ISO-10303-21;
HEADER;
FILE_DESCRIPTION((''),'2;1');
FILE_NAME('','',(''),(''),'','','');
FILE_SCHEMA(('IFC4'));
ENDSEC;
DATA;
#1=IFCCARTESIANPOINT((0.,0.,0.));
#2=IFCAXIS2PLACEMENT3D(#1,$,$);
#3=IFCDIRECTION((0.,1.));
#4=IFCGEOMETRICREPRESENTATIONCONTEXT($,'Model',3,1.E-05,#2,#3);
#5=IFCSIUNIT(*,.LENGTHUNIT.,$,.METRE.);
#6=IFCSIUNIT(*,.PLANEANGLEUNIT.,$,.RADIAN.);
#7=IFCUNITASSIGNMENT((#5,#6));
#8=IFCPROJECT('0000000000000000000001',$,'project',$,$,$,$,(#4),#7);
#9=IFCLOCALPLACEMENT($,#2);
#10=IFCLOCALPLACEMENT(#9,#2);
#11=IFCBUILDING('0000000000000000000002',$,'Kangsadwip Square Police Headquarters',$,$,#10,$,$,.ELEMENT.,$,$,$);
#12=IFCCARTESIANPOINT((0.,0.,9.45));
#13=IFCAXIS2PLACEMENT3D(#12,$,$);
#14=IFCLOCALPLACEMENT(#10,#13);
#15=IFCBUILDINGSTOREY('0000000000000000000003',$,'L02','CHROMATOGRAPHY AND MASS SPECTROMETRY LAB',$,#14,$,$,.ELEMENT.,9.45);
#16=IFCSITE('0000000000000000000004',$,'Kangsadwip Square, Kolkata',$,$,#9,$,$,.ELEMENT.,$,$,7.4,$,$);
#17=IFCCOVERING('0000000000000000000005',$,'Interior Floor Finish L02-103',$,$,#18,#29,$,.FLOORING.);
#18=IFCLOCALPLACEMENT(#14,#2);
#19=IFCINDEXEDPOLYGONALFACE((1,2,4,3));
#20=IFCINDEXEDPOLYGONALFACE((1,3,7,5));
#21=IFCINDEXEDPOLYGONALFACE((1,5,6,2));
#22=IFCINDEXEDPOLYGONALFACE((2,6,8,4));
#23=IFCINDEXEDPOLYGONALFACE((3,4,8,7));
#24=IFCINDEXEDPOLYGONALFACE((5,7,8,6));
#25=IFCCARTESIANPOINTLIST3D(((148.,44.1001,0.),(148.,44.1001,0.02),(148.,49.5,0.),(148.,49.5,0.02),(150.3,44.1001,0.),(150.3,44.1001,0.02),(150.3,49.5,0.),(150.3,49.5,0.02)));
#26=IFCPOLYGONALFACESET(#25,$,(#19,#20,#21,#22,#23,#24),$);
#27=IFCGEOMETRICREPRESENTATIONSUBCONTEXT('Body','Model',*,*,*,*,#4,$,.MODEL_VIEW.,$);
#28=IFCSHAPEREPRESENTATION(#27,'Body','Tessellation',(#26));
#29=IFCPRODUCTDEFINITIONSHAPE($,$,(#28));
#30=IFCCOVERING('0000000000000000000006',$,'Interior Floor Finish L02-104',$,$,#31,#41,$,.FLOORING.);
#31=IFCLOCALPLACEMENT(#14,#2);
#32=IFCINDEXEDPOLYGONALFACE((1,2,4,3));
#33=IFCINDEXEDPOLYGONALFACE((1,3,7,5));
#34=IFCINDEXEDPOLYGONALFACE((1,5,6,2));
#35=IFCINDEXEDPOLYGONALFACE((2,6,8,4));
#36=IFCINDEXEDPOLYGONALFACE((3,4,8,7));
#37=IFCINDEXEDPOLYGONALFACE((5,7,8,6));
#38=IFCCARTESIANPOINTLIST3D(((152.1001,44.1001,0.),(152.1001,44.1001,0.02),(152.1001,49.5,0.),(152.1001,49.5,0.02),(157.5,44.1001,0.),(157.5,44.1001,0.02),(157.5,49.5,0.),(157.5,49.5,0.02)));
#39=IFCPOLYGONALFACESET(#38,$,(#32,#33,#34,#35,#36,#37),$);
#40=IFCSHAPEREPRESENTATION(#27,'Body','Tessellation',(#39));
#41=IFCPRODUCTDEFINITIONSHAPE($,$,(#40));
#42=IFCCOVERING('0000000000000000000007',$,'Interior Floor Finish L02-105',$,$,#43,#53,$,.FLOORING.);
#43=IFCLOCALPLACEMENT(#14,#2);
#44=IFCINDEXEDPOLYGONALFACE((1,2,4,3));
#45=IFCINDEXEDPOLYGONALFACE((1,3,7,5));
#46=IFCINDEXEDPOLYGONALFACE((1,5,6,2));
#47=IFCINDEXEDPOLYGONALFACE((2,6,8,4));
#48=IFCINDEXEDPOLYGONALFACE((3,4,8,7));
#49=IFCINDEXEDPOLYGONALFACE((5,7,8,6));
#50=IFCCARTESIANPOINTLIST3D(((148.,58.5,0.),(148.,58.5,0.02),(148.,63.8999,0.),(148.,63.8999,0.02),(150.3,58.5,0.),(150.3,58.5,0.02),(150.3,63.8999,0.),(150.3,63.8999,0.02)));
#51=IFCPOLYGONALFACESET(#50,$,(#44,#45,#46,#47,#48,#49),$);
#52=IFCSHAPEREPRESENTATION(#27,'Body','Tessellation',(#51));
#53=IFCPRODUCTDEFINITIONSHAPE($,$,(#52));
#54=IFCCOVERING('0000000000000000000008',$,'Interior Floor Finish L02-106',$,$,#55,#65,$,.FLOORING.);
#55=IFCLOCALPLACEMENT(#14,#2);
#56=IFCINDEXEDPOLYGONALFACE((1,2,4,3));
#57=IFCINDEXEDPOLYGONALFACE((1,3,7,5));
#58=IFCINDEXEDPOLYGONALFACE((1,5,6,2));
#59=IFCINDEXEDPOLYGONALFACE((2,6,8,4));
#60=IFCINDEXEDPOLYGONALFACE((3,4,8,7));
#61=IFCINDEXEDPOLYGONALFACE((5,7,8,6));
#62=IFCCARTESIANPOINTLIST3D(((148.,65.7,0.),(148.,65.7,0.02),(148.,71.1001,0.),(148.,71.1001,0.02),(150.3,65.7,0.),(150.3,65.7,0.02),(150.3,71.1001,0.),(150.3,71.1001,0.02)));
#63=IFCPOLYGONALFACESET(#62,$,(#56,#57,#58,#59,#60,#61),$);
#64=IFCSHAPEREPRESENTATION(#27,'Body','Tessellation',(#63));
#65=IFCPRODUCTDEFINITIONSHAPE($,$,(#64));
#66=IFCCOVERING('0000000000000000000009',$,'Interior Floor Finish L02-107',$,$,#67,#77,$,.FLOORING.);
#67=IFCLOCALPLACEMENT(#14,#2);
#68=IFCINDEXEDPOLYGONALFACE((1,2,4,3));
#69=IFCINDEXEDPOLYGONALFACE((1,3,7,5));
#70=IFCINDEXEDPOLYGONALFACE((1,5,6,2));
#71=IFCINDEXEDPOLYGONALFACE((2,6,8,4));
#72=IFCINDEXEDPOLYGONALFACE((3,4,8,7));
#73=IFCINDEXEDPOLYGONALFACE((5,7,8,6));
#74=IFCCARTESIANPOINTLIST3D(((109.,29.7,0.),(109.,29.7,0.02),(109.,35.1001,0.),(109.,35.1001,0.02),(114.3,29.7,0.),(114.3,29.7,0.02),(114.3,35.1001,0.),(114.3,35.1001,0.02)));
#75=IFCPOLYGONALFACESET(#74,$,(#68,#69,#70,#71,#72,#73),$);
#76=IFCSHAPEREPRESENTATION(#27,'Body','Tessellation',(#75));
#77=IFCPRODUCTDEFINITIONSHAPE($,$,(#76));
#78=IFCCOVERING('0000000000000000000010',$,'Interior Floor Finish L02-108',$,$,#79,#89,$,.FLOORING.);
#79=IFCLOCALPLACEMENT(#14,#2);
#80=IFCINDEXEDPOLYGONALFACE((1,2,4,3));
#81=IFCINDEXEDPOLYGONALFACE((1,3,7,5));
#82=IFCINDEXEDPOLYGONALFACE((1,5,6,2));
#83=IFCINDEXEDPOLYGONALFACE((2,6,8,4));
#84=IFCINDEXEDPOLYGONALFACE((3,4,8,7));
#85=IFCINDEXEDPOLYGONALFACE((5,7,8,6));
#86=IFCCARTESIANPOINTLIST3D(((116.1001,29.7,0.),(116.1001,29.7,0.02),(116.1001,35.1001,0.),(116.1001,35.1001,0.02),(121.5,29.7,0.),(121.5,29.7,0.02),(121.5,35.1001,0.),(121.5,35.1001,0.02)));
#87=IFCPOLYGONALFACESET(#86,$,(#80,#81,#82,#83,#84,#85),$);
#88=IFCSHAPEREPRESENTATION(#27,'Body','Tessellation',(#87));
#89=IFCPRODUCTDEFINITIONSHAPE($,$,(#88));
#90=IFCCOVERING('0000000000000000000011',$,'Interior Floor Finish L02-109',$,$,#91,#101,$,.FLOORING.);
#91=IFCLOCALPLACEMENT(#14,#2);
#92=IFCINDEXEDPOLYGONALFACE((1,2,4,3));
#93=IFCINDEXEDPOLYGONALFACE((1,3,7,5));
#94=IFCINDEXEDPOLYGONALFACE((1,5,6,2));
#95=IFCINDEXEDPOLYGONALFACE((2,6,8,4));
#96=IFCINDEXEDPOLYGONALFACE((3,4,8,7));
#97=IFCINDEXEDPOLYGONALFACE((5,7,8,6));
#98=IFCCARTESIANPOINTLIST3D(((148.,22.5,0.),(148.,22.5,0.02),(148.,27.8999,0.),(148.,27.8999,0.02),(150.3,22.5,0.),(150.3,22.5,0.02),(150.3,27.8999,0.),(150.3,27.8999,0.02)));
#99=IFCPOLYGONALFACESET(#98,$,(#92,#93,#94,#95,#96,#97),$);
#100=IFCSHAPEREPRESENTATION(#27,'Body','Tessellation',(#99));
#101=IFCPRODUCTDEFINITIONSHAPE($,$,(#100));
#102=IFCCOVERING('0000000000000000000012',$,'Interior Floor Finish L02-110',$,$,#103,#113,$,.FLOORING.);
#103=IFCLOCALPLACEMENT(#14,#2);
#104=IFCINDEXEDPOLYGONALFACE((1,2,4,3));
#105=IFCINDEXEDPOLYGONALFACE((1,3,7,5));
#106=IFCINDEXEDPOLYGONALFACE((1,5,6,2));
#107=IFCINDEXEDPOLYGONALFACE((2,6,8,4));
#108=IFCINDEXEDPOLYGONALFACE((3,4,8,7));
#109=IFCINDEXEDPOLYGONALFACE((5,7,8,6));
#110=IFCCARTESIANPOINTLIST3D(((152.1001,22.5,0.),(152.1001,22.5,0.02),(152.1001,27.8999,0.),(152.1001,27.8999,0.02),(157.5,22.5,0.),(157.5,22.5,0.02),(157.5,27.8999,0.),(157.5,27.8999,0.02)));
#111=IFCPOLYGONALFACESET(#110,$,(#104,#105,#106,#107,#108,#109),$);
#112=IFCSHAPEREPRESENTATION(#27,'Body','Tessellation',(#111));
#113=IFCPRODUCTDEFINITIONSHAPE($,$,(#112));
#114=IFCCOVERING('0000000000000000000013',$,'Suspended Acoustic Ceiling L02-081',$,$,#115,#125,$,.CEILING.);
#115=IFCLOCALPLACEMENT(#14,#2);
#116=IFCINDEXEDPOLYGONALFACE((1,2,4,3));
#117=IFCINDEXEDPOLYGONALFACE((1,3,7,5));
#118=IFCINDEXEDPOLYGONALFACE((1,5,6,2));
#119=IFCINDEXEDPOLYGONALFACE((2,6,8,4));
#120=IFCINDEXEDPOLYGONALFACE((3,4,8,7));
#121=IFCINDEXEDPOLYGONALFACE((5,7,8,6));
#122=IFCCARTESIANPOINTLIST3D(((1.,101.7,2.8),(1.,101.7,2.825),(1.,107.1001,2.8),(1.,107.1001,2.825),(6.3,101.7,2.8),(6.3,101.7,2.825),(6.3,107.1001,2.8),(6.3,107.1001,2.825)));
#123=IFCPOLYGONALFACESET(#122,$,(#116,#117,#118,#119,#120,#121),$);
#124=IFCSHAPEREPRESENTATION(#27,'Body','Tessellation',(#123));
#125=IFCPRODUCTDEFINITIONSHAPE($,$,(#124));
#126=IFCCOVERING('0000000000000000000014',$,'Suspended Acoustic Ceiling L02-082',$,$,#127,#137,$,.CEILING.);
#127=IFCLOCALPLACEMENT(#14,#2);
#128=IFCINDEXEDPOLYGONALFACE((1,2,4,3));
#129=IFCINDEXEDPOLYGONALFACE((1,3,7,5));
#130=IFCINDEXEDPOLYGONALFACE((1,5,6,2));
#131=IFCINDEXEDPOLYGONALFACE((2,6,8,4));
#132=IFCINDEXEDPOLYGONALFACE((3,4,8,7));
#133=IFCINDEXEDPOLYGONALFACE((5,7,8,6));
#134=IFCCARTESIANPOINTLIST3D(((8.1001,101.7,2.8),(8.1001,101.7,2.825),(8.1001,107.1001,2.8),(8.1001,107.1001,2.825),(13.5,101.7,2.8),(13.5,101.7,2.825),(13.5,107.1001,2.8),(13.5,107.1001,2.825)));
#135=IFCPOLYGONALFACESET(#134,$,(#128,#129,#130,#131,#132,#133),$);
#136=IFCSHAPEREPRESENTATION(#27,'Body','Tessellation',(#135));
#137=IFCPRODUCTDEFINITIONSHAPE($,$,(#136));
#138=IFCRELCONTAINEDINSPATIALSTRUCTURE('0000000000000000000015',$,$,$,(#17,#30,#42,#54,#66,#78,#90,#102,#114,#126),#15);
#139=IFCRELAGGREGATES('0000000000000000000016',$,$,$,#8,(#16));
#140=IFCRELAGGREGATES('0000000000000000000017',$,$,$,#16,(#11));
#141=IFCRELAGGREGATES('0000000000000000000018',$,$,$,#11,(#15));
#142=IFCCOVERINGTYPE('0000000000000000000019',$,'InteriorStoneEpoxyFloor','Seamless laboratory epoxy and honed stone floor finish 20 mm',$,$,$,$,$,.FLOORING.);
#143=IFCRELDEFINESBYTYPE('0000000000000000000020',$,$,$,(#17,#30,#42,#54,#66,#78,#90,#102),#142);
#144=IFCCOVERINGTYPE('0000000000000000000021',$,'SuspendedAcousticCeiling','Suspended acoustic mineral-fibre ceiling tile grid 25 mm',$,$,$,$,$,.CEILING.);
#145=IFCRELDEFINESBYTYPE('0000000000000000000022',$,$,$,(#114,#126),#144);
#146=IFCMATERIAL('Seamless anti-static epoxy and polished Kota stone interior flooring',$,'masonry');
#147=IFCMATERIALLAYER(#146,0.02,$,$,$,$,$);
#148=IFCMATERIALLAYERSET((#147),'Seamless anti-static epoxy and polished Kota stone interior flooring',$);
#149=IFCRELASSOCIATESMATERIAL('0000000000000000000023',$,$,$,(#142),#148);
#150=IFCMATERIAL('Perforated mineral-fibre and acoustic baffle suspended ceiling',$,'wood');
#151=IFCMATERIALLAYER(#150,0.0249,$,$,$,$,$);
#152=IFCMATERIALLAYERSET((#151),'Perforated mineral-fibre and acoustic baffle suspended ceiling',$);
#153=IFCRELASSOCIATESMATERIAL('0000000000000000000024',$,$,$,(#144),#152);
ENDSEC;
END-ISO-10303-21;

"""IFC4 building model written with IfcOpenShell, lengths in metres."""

from ifc_helpers import new_model, si_unit, direction, frame, origin, place, context, subcontext, project, spatial, polyline, outline, extrude, material, layer, layer_set, type_object, element, save


model = new_model("IFC4")

# Units and contexts
model_context = context("Model", 3, precision=1e-05, world=origin(), true_north=direction((0.0, 1.0)))
body_context = subcontext(model_context, "Body", "Model", "MODEL_VIEW")
ifc_project = project(units=[si_unit("LENGTHUNIT", "METRE"), si_unit("PLANEANGLEUNIT", "RADIAN")], contexts=[model_context])

# Site, building, storey
site_placement = place(None, origin())
site = spatial("IfcSite", under=ifc_project, at=site_placement, Name="Kangsadwip Square, Kolkata", CompositionType="ELEMENT", RefElevation=7.4)
building_placement = place(site_placement, origin())
building = spatial("IfcBuilding", under=site, at=building_placement, Name="Kangsadwip Square Police Headquarters", CompositionType="ELEMENT")
storey_placement = place(building_placement, frame((0.0, 0.0, 9.45)))
storey = spatial("IfcBuildingStorey", under=building, at=storey_placement, Name="L02", Description="CHROMATOGRAPHY AND MASS SPECTROMETRY LAB", CompositionType="ELEMENT", Elevation=9.45)

# Coverings
ifc_material_1 = material(Name="Seamless anti-static epoxy and polished Kota stone interior flooring", Category="masonry")
ifc_layer_1 = layer(ifc_material_1, 0.02)
ifc_layer_set_1 = layer_set([ifc_layer_1], Name="Seamless anti-static epoxy and polished Kota stone interior flooring")
covering_type_1 = type_object("IfcCoveringType", Name="InteriorStoneEpoxyFloor", Description="Seamless laboratory epoxy and honed stone floor finish 20 mm", PredefinedType="FLOORING", material=ifc_layer_set_1)
covering_1_placement = place(storey_placement, origin())
element("IfcCovering", 1, at=covering_1_placement, inside=storey, type_object=covering_type_1, Name="Interior Floor Finish L02-103", PredefinedType="FLOORING", context=body_context, shape_type="SweptSolid", body=[
    extrude(outline(polyline([(148.0, 44.1001), (150.3, 44.1001), (150.3, 49.5), (148.0, 49.5), (148.0, 44.1001)])), origin(), (0.0, 0.0, 1.0), 0.02),
])
covering_2_placement = place(storey_placement, origin())
element("IfcCovering", 2, at=covering_2_placement, inside=storey, type_object=covering_type_1, Name="Interior Floor Finish L02-104", PredefinedType="FLOORING", context=body_context, shape_type="SweptSolid", body=[
    extrude(outline(polyline([(152.1001, 44.1001), (157.5, 44.1001), (157.5, 49.5), (152.1001, 49.5), (152.1001, 44.1001)])), origin(), (0.0, 0.0, 1.0), 0.02),
])
covering_3_placement = place(storey_placement, origin())
element("IfcCovering", 3, at=covering_3_placement, inside=storey, type_object=covering_type_1, Name="Interior Floor Finish L02-105", PredefinedType="FLOORING", context=body_context, shape_type="SweptSolid", body=[
    extrude(outline(polyline([(148.0, 58.5), (150.3, 58.5), (150.3, 63.8999), (148.0, 63.8999), (148.0, 58.5)])), origin(), (0.0, 0.0, 1.0), 0.02),
])
covering_4_placement = place(storey_placement, origin())
element("IfcCovering", 4, at=covering_4_placement, inside=storey, type_object=covering_type_1, Name="Interior Floor Finish L02-106", PredefinedType="FLOORING", context=body_context, shape_type="SweptSolid", body=[
    extrude(outline(polyline([(148.0, 65.7), (150.3, 65.7), (150.3, 71.1001), (148.0, 71.1001), (148.0, 65.7)])), origin(), (0.0, 0.0, 1.0), 0.02),
])
covering_5_placement = place(storey_placement, origin())
element("IfcCovering", 5, at=covering_5_placement, inside=storey, type_object=covering_type_1, Name="Interior Floor Finish L02-107", PredefinedType="FLOORING", context=body_context, shape_type="SweptSolid", body=[
    extrude(outline(polyline([(109.0, 29.7), (114.3, 29.7), (114.3, 35.1001), (109.0, 35.1001), (109.0, 29.7)])), origin(), (0.0, 0.0, 1.0), 0.02),
])
covering_6_placement = place(storey_placement, origin())
element("IfcCovering", 6, at=covering_6_placement, inside=storey, type_object=covering_type_1, Name="Interior Floor Finish L02-108", PredefinedType="FLOORING", context=body_context, shape_type="SweptSolid", body=[
    extrude(outline(polyline([(116.1001, 29.7), (121.5, 29.7), (121.5, 35.1001), (116.1001, 35.1001), (116.1001, 29.7)])), origin(), (0.0, 0.0, 1.0), 0.02),
])
covering_7_placement = place(storey_placement, origin())
element("IfcCovering", 7, at=covering_7_placement, inside=storey, type_object=covering_type_1, Name="Interior Floor Finish L02-109", PredefinedType="FLOORING", context=body_context, shape_type="SweptSolid", body=[
    extrude(outline(polyline([(148.0, 22.5), (150.3, 22.5), (150.3, 27.8999), (148.0, 27.8999), (148.0, 22.5)])), origin(), (0.0, 0.0, 1.0), 0.02),
])
covering_8_placement = place(storey_placement, origin())
element("IfcCovering", 8, at=covering_8_placement, inside=storey, type_object=covering_type_1, Name="Interior Floor Finish L02-110", PredefinedType="FLOORING", context=body_context, shape_type="SweptSolid", body=[
    extrude(outline(polyline([(152.1001, 22.5), (157.5, 22.5), (157.5, 27.8999), (152.1001, 27.8999), (152.1001, 22.5)])), origin(), (0.0, 0.0, 1.0), 0.02),
])
ifc_material_2 = material(Name="Perforated mineral-fibre and acoustic baffle suspended ceiling", Category="wood")
ifc_layer_2 = layer(ifc_material_2, 0.0249)
ifc_layer_set_2 = layer_set([ifc_layer_2], Name="Perforated mineral-fibre and acoustic baffle suspended ceiling")
covering_type_2 = type_object("IfcCoveringType", Name="SuspendedAcousticCeiling", Description="Suspended acoustic mineral-fibre ceiling tile grid 25 mm", PredefinedType="CEILING", material=ifc_layer_set_2)
covering_9_placement = place(storey_placement, frame((0.0, 0.0, 2.8)))
element("IfcCovering", 9, at=covering_9_placement, inside=storey, type_object=covering_type_2, Name="Suspended Acoustic Ceiling L02-081", PredefinedType="CEILING", context=body_context, shape_type="SweptSolid", body=[
    extrude(outline(polyline([(1.0, 101.7), (6.3, 101.7), (6.3, 107.1001), (1.0, 107.1001), (1.0, 101.7)])), origin(), (0.0, 0.0, 1.0), 0.0249),
])
covering_10_placement = place(storey_placement, frame((0.0, 0.0, 2.8)))
element("IfcCovering", 10, at=covering_10_placement, inside=storey, type_object=covering_type_2, Name="Suspended Acoustic Ceiling L02-082", PredefinedType="CEILING", context=body_context, shape_type="SweptSolid", body=[
    extrude(outline(polyline([(8.1001, 101.7), (13.5, 101.7), (13.5, 107.1001), (8.1001, 107.1001), (8.1001, 101.7)])), origin(), (0.0, 0.0, 1.0), 0.0249),
])

save(model, "model.ifc")
